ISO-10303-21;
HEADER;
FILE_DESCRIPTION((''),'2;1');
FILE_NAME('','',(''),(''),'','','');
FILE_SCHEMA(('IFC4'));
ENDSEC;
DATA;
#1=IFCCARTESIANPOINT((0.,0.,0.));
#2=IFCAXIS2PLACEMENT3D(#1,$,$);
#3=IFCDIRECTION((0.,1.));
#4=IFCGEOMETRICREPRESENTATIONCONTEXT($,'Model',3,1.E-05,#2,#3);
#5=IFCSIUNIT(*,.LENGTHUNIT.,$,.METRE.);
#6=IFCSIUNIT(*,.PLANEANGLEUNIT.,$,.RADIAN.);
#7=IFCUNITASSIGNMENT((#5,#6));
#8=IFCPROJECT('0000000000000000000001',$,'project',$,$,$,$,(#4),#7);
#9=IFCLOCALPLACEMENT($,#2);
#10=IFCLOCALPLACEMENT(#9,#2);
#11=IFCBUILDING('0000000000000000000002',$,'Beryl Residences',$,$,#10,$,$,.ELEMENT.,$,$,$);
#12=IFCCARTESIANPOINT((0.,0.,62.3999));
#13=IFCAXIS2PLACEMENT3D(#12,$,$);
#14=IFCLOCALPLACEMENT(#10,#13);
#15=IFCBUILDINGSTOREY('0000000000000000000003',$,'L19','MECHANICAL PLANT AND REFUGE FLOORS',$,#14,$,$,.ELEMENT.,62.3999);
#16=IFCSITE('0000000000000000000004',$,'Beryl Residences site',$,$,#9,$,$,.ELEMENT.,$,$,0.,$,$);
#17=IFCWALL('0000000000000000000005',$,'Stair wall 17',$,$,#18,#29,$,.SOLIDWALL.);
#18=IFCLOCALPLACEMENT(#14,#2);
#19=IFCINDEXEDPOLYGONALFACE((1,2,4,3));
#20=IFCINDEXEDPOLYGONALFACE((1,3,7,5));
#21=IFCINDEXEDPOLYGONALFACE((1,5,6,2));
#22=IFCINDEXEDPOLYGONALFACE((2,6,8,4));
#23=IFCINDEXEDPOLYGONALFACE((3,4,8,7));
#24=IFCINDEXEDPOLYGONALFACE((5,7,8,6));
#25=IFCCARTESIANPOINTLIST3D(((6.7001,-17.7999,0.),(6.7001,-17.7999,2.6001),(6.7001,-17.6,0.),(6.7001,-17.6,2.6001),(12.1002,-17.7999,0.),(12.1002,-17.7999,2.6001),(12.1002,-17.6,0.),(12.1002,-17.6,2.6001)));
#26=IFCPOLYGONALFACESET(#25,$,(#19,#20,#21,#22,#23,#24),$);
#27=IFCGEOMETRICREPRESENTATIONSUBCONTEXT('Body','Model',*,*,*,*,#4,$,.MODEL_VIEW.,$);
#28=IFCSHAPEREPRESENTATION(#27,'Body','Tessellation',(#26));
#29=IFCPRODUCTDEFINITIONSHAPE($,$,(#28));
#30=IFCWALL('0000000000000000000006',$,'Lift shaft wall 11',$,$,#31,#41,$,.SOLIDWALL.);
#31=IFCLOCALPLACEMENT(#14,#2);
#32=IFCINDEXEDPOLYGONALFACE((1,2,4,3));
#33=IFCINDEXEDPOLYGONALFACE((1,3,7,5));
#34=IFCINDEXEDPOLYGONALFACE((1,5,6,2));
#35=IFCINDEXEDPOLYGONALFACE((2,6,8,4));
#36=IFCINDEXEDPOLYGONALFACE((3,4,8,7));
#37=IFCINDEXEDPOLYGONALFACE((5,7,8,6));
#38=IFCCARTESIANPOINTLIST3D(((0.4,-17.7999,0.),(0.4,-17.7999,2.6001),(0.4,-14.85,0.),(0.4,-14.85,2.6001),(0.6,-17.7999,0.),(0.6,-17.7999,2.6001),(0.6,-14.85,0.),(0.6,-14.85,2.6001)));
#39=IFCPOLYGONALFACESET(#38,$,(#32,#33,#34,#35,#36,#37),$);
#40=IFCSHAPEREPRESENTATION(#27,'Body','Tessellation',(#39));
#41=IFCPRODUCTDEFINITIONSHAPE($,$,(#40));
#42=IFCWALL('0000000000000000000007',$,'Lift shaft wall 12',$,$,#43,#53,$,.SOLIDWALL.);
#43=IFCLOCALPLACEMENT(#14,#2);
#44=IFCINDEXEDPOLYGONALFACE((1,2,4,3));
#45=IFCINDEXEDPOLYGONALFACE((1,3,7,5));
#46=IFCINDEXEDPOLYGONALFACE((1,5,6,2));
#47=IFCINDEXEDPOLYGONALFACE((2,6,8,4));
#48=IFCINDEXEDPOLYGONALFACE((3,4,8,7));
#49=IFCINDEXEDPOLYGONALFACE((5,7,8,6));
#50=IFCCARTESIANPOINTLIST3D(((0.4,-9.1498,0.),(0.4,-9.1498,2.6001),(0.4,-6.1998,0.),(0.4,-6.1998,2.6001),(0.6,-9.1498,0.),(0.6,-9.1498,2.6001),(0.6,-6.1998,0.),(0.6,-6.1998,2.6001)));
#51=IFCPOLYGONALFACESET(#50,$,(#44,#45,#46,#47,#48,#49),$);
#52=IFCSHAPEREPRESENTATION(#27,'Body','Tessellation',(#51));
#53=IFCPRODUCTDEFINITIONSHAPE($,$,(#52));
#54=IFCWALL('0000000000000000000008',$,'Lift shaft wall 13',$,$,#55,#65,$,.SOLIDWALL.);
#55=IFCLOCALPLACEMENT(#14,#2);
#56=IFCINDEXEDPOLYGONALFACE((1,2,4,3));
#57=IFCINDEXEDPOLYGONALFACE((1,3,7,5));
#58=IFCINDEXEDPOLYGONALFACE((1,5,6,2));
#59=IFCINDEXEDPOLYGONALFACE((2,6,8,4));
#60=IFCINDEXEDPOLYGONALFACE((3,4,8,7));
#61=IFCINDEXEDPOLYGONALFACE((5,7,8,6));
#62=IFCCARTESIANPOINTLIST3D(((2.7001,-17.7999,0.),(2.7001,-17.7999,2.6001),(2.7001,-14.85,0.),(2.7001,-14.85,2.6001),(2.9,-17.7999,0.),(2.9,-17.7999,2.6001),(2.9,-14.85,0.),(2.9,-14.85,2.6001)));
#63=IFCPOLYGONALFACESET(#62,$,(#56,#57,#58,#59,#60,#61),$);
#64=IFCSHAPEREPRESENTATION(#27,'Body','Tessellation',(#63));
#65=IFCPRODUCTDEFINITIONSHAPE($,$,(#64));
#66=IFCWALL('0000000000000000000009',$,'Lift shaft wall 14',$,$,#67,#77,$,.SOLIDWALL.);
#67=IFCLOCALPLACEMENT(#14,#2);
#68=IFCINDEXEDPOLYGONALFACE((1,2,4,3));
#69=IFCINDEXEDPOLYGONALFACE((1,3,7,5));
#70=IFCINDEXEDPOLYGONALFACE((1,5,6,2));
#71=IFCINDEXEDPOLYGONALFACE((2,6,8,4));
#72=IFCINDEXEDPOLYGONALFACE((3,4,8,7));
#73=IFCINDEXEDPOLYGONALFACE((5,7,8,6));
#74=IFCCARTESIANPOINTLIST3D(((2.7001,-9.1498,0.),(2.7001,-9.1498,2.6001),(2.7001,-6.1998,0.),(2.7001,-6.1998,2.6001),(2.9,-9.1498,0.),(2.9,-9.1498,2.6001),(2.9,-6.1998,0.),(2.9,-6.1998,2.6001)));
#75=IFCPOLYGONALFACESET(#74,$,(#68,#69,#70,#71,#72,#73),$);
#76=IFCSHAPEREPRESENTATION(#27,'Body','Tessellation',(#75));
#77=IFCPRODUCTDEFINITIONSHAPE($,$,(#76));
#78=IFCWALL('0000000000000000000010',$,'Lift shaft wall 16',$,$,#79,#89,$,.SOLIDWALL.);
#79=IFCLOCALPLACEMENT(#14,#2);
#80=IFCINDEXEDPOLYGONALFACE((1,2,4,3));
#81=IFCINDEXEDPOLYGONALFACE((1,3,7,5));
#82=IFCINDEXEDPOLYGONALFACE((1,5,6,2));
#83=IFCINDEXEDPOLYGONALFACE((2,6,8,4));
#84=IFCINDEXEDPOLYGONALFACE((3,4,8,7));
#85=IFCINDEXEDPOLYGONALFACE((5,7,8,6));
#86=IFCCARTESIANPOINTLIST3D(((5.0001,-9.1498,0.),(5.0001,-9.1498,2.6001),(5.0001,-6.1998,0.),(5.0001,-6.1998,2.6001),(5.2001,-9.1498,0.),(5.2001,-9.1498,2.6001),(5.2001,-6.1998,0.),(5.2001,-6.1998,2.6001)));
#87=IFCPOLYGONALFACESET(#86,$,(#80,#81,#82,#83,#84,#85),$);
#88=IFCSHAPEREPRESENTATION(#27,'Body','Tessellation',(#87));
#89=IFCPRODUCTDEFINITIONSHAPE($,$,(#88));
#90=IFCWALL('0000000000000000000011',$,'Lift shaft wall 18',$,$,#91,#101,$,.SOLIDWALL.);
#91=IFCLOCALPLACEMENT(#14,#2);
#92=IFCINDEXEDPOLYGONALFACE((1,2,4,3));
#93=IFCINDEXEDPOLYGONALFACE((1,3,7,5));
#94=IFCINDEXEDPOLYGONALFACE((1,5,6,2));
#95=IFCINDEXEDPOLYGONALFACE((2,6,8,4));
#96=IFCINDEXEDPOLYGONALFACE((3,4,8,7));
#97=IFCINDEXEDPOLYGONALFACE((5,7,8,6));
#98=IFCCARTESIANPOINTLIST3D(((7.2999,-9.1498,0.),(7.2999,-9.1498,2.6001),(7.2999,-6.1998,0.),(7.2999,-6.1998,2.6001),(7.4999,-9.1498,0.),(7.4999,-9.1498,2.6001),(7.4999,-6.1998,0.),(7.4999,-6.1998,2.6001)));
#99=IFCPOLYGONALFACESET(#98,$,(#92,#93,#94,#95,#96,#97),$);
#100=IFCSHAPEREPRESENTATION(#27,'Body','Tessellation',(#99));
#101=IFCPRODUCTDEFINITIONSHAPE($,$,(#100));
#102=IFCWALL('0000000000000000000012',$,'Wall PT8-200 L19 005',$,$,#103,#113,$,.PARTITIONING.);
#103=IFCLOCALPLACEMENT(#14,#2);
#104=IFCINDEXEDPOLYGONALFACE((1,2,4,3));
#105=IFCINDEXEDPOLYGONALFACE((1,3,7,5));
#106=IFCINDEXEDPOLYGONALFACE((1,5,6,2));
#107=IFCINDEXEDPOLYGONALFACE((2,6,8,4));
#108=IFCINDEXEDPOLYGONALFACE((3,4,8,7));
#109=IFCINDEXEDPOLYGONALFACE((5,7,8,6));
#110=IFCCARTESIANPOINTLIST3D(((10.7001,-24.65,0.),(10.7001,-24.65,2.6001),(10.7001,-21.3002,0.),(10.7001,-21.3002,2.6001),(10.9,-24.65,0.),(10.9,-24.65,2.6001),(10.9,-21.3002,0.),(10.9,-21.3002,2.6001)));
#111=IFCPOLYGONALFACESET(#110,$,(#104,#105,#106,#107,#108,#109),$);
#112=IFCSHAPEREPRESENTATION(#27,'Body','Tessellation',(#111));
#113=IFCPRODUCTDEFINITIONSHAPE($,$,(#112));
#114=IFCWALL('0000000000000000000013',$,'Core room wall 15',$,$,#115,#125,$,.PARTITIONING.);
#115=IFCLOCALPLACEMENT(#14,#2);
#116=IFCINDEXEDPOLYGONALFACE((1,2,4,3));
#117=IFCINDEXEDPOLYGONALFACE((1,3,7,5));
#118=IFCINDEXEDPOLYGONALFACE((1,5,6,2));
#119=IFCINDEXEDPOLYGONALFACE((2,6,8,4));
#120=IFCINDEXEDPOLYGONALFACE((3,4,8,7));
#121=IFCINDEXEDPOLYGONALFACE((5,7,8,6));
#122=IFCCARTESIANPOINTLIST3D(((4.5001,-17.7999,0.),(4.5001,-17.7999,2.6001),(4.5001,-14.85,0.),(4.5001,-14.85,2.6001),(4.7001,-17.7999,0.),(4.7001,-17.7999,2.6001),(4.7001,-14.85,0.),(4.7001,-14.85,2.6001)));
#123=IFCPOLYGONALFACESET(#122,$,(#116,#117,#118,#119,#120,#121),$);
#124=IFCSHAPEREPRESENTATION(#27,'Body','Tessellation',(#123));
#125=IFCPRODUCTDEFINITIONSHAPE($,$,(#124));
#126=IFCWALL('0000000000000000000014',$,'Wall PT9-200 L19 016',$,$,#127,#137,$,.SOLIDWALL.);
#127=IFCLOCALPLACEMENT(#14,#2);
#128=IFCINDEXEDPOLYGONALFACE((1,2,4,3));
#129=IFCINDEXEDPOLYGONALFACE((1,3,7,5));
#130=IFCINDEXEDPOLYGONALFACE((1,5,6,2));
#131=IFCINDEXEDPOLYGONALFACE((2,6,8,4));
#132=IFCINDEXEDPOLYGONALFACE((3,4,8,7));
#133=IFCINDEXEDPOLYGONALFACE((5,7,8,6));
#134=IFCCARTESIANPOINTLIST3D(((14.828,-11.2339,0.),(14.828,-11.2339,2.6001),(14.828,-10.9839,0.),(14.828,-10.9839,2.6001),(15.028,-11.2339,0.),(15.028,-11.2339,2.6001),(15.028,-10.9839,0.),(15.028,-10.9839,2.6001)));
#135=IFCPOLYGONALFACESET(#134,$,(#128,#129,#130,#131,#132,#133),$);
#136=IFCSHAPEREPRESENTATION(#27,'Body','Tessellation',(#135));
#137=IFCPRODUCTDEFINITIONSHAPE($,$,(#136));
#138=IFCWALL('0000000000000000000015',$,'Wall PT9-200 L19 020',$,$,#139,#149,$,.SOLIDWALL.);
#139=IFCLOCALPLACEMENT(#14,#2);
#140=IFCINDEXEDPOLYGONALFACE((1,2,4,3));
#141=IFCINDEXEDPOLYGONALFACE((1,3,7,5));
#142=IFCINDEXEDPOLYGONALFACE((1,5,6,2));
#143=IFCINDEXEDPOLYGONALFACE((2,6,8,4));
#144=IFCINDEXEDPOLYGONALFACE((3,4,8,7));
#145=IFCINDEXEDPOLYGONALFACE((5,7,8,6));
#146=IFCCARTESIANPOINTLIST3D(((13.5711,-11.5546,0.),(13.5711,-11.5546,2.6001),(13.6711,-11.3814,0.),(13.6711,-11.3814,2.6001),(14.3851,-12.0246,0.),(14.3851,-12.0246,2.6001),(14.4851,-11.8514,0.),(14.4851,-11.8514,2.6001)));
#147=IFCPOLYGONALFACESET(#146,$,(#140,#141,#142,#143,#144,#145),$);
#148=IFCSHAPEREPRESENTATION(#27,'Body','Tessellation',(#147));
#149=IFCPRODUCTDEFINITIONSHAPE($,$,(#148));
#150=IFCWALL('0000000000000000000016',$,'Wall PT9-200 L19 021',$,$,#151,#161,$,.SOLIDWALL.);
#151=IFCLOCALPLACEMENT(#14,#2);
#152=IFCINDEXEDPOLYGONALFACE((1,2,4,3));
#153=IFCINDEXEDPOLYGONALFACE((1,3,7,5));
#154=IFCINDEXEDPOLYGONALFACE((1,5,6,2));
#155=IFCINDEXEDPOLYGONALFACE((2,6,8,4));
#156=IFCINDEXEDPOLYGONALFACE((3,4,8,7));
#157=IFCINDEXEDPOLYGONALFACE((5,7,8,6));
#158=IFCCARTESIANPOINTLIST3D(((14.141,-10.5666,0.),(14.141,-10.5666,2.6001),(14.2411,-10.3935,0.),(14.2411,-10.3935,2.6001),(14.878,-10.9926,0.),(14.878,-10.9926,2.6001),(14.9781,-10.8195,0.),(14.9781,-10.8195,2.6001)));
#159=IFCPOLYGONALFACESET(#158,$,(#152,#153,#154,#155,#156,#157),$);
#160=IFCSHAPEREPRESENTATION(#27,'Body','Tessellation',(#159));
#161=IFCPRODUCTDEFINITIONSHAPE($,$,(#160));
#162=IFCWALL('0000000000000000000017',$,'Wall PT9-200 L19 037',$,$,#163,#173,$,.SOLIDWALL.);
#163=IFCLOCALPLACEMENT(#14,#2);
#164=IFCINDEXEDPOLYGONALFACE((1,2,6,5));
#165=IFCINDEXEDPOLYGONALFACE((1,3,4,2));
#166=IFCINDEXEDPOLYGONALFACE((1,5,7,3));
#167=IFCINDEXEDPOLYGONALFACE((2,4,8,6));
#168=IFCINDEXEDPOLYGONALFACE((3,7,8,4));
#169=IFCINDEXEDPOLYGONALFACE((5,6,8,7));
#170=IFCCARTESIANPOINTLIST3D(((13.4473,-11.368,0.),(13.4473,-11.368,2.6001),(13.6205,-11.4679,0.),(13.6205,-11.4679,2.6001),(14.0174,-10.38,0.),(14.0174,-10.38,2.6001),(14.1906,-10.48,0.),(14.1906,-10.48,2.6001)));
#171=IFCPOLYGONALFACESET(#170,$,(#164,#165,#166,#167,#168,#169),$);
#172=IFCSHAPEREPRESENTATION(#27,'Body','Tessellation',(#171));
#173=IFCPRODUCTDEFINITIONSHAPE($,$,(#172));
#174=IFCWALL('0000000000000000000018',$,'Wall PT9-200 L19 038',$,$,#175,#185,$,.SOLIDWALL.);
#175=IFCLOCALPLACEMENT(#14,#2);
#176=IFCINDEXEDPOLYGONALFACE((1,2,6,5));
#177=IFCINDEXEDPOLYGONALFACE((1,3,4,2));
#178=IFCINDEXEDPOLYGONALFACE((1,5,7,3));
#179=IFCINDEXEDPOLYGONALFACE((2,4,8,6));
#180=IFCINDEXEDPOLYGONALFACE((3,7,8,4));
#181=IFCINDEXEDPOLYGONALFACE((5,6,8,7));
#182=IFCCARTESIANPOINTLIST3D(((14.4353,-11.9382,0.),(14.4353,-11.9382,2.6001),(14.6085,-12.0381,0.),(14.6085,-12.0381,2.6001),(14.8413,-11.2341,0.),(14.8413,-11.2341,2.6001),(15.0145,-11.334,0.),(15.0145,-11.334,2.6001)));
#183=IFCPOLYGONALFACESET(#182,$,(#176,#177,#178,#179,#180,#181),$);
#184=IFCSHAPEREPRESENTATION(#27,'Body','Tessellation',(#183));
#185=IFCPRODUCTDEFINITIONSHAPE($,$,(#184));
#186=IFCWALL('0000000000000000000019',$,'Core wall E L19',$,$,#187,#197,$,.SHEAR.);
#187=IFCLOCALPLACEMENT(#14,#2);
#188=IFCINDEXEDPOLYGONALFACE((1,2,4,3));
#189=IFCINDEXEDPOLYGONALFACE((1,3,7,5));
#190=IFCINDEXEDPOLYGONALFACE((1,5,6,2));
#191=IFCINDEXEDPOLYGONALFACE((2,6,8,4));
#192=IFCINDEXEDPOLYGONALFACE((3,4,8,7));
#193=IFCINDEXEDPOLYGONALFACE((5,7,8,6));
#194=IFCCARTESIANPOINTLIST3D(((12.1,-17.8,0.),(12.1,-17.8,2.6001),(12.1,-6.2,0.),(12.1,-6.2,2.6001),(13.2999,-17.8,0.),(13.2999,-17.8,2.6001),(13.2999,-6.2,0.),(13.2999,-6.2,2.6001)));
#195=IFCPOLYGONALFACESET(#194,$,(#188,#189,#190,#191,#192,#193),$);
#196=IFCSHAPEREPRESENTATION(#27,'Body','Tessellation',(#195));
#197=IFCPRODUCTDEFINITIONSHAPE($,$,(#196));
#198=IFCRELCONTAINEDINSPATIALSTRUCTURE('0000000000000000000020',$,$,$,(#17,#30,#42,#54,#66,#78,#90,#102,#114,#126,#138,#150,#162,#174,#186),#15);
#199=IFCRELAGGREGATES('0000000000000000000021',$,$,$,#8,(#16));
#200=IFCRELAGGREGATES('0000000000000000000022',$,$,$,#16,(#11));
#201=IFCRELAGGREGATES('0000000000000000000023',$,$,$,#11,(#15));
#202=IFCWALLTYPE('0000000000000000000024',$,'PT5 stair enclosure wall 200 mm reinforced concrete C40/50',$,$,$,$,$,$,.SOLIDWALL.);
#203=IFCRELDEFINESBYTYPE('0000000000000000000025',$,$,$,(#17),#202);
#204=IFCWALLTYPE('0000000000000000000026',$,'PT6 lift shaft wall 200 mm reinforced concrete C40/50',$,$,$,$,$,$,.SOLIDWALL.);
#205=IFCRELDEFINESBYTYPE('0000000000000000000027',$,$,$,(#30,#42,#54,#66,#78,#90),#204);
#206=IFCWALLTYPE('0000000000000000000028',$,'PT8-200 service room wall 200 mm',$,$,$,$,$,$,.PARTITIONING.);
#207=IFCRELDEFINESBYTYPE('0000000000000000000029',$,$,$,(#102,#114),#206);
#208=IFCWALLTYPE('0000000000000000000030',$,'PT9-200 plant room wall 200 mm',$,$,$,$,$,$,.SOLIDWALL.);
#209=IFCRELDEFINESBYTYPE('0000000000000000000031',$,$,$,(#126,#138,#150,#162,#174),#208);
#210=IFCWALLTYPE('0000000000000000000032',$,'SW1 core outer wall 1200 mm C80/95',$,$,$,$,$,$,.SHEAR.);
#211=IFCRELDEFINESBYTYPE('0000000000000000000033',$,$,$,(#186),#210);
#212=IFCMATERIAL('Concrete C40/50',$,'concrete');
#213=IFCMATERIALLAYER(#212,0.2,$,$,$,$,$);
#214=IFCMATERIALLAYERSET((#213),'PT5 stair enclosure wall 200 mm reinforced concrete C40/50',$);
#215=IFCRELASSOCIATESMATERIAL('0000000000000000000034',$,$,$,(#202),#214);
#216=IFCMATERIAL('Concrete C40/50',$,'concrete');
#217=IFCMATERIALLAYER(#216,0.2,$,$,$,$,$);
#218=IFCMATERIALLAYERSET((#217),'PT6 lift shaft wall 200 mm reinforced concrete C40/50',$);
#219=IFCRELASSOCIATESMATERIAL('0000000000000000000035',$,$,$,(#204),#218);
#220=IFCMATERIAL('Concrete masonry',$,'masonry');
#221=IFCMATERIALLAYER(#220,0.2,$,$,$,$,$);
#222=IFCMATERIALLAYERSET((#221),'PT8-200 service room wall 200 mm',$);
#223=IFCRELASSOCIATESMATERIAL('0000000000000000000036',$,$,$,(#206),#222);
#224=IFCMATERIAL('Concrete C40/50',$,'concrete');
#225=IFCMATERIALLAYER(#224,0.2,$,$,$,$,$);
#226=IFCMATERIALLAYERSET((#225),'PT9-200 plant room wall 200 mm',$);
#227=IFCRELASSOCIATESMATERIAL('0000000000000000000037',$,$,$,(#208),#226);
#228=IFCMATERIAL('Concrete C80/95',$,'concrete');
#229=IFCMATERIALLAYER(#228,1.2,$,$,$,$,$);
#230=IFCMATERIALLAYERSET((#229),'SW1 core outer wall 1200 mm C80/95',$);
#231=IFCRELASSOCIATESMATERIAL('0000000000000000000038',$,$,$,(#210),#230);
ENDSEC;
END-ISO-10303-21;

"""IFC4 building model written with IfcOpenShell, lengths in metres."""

from ifc_helpers import new_model, si_unit, direction, frame, frame_2d, origin, place, context, subcontext, project, spatial, rectangle, extrude, material, layer, layer_set, type_object, element, save


model = new_model("IFC4")

# Units and contexts
model_context = context("Model", 3, precision=1e-05, world=origin(), true_north=direction((0.0, 1.0)))
body_context = subcontext(model_context, "Body", "Model", "MODEL_VIEW")
ifc_project = project(units=[si_unit("LENGTHUNIT", "METRE"), si_unit("PLANEANGLEUNIT", "RADIAN")], contexts=[model_context])

# Site, building, storey
site_placement = place(None, origin())
site = spatial("IfcSite", under=ifc_project, at=site_placement, Name="Beryl Residences site", CompositionType="ELEMENT", RefElevation=0.0)
building_placement = place(site_placement, origin())
building = spatial("IfcBuilding", under=site, at=building_placement, Name="Beryl Residences", CompositionType="ELEMENT")
storey_placement = place(building_placement, frame((0.0, 0.0, 62.3999)))
storey = spatial("IfcBuildingStorey", under=building, at=storey_placement, Name="L19", Description="MECHANICAL PLANT AND REFUGE FLOORS", CompositionType="ELEMENT", Elevation=62.3999)

# Walls
ifc_material_1 = material(Name="Concrete C40/50", Category="concrete")
ifc_layer_1 = layer(ifc_material_1, 0.2)
ifc_layer_set_1 = layer_set([ifc_layer_1], Name="PT5 stair enclosure wall 200 mm reinforced concrete C40/50")
wall_type_1 = type_object("IfcWallType", Name="PT5 stair enclosure wall 200 mm reinforced concrete C40/50", PredefinedType="SOLIDWALL", material=ifc_layer_set_1)
wall_1_placement = place(storey_placement, frame((6.7, -17.7, 0.0), z_axis=(0.0, 0.0, 1.0), x_axis=(1.0, 0.0, 0.0)))
element("IfcWall", 1, at=wall_1_placement, inside=storey, type_object=wall_type_1, Name="Stair wall 17", PredefinedType="SOLIDWALL", context=body_context, shape_type="SweptSolid", body=[
    extrude(rectangle(XDim=5.4001, YDim=0.2, at=frame_2d((2.7002, 0.0))), origin(), (0.0, 0.0, 1.0), 2.6001),
])
ifc_material_2 = material(Name="Concrete C40/50", Category="concrete")
ifc_layer_2 = layer(ifc_material_2, 0.2)
ifc_layer_set_2 = layer_set([ifc_layer_2], Name="PT6 lift shaft wall 200 mm reinforced concrete C40/50")
wall_type_2 = type_object("IfcWallType", Name="PT6 lift shaft wall 200 mm reinforced concrete C40/50", PredefinedType="SOLIDWALL", material=ifc_layer_set_2)
for number, where, z_axis, x_axis, name in (
    (2, (0.5, -17.8, 0.0), (0.0, 0.0, 1.0), (0.0, 1.0, 0.0), "Lift shaft wall 11"),
    (3, (0.5, -9.1499, 0.0), (0.0, 0.0, 1.0), (0.0, 1.0, 0.0), "Lift shaft wall 12"),
    (4, (2.8, -17.8, 0.0), (0.0, 0.0, 1.0), (0.0, 1.0, 0.0), "Lift shaft wall 13"),
    (5, (2.8, -9.1499, 0.0), (0.0, 0.0, 1.0), (0.0, 1.0, 0.0), "Lift shaft wall 14"),
    (6, (5.1001, -9.1499, 0.0), (0.0, 0.0, 1.0), (0.0, 1.0, 0.0), "Lift shaft wall 16"),
    (7, (7.3999, -9.1499, 0.0), (0.0, 0.0, 1.0), (0.0, 1.0, 0.0), "Lift shaft wall 18"),
):
    element("IfcWall", number, at=place(storey_placement, frame(where, z_axis=z_axis, x_axis=x_axis)), inside=storey, type_object=wall_type_2, Name=name, PredefinedType="SOLIDWALL", context=body_context, shape_type="SweptSolid", body=[
        extrude(rectangle(XDim=2.95, YDim=0.2, at=frame_2d((1.4751, 0.0))), origin(), (0.0, 0.0, 1.0), 2.6001),
    ])
ifc_material_3 = material(Name="Concrete masonry", Category="masonry")
ifc_layer_3 = layer(ifc_material_3, 0.2)
ifc_layer_set_3 = layer_set([ifc_layer_3], Name="PT8-200 service room wall 200 mm")
wall_type_3 = type_object("IfcWallType", Name="PT8-200 service room wall 200 mm", PredefinedType="PARTITIONING", material=ifc_layer_set_3)
wall_2_placement = place(storey_placement, frame((10.8, -24.6499, 0.0), z_axis=(0.0, 0.0, 1.0), x_axis=(0.0, 1.0, 0.0)))
element("IfcWall", 8, at=wall_2_placement, inside=storey, type_object=wall_type_3, Name="Wall PT8-200 L19 005", PredefinedType="PARTITIONING", context=body_context, shape_type="SweptSolid", body=[
    extrude(rectangle(XDim=3.3499, YDim=0.2, at=frame_2d((1.6748, 0.0))), origin(), (0.0, 0.0, 1.0), 2.6001),
])
wall_3_placement = place(storey_placement, frame((4.6001, -17.8, 0.0), z_axis=(0.0, 0.0, 1.0), x_axis=(0.0, 1.0, 0.0)))
element("IfcWall", 9, at=wall_3_placement, inside=storey, type_object=wall_type_3, Name="Core room wall 15", PredefinedType="PARTITIONING", context=body_context, shape_type="SweptSolid", body=[
    extrude(rectangle(XDim=2.95, YDim=0.2, at=frame_2d((1.4751, 0.0))), origin(), (0.0, 0.0, 1.0), 2.6001),
])
ifc_material_4 = material(Name="Concrete C40/50", Category="concrete")
ifc_layer_4 = layer(ifc_material_4, 0.2)
ifc_layer_set_4 = layer_set([ifc_layer_4], Name="PT9-200 plant room wall 200 mm")
wall_type_4 = type_object("IfcWallType", Name="PT9-200 plant room wall 200 mm", PredefinedType="SOLIDWALL", material=ifc_layer_set_4)
wall_4_placement = place(storey_placement, frame((14.928, -11.2339, 0.0), z_axis=(0.0, 0.0, 1.0), x_axis=(0.0, 1.0, 0.0)))
element("IfcWall", 10, at=wall_4_placement, inside=storey, type_object=wall_type_4, Name="Wall PT9-200 L19 016", PredefinedType="SOLIDWALL", context=body_context, shape_type="SweptSolid", body=[
    extrude(rectangle(XDim=0.25, YDim=0.2, at=frame_2d((0.125, 0.0))), origin(), (0.0, 0.0, 1.0), 2.6001),
])
wall_5_placement = place(storey_placement, frame((13.6211, -11.468, 0.0), z_axis=(0.0, 0.0, 1.0), x_axis=(0.866013, -0.500022, 0.0)))
element("IfcWall", 11, at=wall_5_placement, inside=storey, type_object=wall_type_4, Name="Wall PT9-200 L19 020", PredefinedType="SOLIDWALL", context=body_context, shape_type="SweptSolid", body=[
    extrude(rectangle(XDim=0.9399, YDim=0.2, at=frame_2d((0.47, 0.0))), origin(), (0.0, 0.0, 1.0), 2.6001),
])
wall_6_placement = place(storey_placement, frame((14.1909, -10.48, 0.0), z_axis=(0.0, 0.0, 1.0), x_axis=(0.865779, -0.500426, 0.0)))
element("IfcWall", 12, at=wall_6_placement, inside=storey, type_object=wall_type_4, Name="Wall PT9-200 L19 021", PredefinedType="SOLIDWALL", context=body_context, shape_type="SweptSolid", body=[
    extrude(rectangle(XDim=0.8513, YDim=0.2, at=frame_2d((0.4258, 0.0))), origin(), (0.0, 0.0, 1.0), 2.6001),
])
wall_7_placement = place(storey_placement, frame((13.5339, -11.418, 0.0), z_axis=(0.0, 0.0, 1.0), x_axis=(0.499753, 0.866168, 0.0)))
element("IfcWall", 13, at=wall_7_placement, inside=storey, type_object=wall_type_4, Name="Wall PT9-200 L19 037", PredefinedType="SOLIDWALL", context=body_context, shape_type="SweptSolid", body=[
    extrude(rectangle(XDim=1.1406, YDim=0.2, at=frame_2d((0.5703, 0.0))), origin(), (0.0, 0.0, 1.0), 2.6001),
])
wall_8_placement = place(storey_placement, frame((14.522, -11.988, 0.0), z_axis=(0.0, 0.0, 1.0), x_axis=(0.499532, 0.866296, 0.0)))
element("IfcWall", 14, at=wall_8_placement, inside=storey, type_object=wall_type_4, Name="Wall PT9-200 L19 038", PredefinedType="SOLIDWALL", context=body_context, shape_type="SweptSolid", body=[
    extrude(rectangle(XDim=0.8127, YDim=0.2, at=frame_2d((0.4062, 0.0))), origin(), (0.0, 0.0, 1.0), 2.6001),
])
ifc_material_5 = material(Name="Concrete C80/95", Category="concrete")
ifc_layer_5 = layer(ifc_material_5, 1.2)
ifc_layer_set_5 = layer_set([ifc_layer_5], Name="SW1 core outer wall 1200 mm C80/95")
wall_type_5 = type_object("IfcWallType", Name="SW1 core outer wall 1200 mm C80/95", PredefinedType="SHEAR", material=ifc_layer_set_5)
wall_9_placement = place(storey_placement, frame((12.7, -17.8, 0.0), z_axis=(0.0, 0.0, 1.0), x_axis=(0.0, 1.0, 0.0)))
element("IfcWall", 15, at=wall_9_placement, inside=storey, type_object=wall_type_5, Name="Core wall E L19", PredefinedType="SHEAR", context=body_context, shape_type="SweptSolid", body=[
    extrude(rectangle(XDim=11.6001, YDim=1.2, at=frame_2d((5.8, 0.0))), origin(), (0.0, 0.0, 1.0), 2.6001),
])

save(model, "model.ifc")
